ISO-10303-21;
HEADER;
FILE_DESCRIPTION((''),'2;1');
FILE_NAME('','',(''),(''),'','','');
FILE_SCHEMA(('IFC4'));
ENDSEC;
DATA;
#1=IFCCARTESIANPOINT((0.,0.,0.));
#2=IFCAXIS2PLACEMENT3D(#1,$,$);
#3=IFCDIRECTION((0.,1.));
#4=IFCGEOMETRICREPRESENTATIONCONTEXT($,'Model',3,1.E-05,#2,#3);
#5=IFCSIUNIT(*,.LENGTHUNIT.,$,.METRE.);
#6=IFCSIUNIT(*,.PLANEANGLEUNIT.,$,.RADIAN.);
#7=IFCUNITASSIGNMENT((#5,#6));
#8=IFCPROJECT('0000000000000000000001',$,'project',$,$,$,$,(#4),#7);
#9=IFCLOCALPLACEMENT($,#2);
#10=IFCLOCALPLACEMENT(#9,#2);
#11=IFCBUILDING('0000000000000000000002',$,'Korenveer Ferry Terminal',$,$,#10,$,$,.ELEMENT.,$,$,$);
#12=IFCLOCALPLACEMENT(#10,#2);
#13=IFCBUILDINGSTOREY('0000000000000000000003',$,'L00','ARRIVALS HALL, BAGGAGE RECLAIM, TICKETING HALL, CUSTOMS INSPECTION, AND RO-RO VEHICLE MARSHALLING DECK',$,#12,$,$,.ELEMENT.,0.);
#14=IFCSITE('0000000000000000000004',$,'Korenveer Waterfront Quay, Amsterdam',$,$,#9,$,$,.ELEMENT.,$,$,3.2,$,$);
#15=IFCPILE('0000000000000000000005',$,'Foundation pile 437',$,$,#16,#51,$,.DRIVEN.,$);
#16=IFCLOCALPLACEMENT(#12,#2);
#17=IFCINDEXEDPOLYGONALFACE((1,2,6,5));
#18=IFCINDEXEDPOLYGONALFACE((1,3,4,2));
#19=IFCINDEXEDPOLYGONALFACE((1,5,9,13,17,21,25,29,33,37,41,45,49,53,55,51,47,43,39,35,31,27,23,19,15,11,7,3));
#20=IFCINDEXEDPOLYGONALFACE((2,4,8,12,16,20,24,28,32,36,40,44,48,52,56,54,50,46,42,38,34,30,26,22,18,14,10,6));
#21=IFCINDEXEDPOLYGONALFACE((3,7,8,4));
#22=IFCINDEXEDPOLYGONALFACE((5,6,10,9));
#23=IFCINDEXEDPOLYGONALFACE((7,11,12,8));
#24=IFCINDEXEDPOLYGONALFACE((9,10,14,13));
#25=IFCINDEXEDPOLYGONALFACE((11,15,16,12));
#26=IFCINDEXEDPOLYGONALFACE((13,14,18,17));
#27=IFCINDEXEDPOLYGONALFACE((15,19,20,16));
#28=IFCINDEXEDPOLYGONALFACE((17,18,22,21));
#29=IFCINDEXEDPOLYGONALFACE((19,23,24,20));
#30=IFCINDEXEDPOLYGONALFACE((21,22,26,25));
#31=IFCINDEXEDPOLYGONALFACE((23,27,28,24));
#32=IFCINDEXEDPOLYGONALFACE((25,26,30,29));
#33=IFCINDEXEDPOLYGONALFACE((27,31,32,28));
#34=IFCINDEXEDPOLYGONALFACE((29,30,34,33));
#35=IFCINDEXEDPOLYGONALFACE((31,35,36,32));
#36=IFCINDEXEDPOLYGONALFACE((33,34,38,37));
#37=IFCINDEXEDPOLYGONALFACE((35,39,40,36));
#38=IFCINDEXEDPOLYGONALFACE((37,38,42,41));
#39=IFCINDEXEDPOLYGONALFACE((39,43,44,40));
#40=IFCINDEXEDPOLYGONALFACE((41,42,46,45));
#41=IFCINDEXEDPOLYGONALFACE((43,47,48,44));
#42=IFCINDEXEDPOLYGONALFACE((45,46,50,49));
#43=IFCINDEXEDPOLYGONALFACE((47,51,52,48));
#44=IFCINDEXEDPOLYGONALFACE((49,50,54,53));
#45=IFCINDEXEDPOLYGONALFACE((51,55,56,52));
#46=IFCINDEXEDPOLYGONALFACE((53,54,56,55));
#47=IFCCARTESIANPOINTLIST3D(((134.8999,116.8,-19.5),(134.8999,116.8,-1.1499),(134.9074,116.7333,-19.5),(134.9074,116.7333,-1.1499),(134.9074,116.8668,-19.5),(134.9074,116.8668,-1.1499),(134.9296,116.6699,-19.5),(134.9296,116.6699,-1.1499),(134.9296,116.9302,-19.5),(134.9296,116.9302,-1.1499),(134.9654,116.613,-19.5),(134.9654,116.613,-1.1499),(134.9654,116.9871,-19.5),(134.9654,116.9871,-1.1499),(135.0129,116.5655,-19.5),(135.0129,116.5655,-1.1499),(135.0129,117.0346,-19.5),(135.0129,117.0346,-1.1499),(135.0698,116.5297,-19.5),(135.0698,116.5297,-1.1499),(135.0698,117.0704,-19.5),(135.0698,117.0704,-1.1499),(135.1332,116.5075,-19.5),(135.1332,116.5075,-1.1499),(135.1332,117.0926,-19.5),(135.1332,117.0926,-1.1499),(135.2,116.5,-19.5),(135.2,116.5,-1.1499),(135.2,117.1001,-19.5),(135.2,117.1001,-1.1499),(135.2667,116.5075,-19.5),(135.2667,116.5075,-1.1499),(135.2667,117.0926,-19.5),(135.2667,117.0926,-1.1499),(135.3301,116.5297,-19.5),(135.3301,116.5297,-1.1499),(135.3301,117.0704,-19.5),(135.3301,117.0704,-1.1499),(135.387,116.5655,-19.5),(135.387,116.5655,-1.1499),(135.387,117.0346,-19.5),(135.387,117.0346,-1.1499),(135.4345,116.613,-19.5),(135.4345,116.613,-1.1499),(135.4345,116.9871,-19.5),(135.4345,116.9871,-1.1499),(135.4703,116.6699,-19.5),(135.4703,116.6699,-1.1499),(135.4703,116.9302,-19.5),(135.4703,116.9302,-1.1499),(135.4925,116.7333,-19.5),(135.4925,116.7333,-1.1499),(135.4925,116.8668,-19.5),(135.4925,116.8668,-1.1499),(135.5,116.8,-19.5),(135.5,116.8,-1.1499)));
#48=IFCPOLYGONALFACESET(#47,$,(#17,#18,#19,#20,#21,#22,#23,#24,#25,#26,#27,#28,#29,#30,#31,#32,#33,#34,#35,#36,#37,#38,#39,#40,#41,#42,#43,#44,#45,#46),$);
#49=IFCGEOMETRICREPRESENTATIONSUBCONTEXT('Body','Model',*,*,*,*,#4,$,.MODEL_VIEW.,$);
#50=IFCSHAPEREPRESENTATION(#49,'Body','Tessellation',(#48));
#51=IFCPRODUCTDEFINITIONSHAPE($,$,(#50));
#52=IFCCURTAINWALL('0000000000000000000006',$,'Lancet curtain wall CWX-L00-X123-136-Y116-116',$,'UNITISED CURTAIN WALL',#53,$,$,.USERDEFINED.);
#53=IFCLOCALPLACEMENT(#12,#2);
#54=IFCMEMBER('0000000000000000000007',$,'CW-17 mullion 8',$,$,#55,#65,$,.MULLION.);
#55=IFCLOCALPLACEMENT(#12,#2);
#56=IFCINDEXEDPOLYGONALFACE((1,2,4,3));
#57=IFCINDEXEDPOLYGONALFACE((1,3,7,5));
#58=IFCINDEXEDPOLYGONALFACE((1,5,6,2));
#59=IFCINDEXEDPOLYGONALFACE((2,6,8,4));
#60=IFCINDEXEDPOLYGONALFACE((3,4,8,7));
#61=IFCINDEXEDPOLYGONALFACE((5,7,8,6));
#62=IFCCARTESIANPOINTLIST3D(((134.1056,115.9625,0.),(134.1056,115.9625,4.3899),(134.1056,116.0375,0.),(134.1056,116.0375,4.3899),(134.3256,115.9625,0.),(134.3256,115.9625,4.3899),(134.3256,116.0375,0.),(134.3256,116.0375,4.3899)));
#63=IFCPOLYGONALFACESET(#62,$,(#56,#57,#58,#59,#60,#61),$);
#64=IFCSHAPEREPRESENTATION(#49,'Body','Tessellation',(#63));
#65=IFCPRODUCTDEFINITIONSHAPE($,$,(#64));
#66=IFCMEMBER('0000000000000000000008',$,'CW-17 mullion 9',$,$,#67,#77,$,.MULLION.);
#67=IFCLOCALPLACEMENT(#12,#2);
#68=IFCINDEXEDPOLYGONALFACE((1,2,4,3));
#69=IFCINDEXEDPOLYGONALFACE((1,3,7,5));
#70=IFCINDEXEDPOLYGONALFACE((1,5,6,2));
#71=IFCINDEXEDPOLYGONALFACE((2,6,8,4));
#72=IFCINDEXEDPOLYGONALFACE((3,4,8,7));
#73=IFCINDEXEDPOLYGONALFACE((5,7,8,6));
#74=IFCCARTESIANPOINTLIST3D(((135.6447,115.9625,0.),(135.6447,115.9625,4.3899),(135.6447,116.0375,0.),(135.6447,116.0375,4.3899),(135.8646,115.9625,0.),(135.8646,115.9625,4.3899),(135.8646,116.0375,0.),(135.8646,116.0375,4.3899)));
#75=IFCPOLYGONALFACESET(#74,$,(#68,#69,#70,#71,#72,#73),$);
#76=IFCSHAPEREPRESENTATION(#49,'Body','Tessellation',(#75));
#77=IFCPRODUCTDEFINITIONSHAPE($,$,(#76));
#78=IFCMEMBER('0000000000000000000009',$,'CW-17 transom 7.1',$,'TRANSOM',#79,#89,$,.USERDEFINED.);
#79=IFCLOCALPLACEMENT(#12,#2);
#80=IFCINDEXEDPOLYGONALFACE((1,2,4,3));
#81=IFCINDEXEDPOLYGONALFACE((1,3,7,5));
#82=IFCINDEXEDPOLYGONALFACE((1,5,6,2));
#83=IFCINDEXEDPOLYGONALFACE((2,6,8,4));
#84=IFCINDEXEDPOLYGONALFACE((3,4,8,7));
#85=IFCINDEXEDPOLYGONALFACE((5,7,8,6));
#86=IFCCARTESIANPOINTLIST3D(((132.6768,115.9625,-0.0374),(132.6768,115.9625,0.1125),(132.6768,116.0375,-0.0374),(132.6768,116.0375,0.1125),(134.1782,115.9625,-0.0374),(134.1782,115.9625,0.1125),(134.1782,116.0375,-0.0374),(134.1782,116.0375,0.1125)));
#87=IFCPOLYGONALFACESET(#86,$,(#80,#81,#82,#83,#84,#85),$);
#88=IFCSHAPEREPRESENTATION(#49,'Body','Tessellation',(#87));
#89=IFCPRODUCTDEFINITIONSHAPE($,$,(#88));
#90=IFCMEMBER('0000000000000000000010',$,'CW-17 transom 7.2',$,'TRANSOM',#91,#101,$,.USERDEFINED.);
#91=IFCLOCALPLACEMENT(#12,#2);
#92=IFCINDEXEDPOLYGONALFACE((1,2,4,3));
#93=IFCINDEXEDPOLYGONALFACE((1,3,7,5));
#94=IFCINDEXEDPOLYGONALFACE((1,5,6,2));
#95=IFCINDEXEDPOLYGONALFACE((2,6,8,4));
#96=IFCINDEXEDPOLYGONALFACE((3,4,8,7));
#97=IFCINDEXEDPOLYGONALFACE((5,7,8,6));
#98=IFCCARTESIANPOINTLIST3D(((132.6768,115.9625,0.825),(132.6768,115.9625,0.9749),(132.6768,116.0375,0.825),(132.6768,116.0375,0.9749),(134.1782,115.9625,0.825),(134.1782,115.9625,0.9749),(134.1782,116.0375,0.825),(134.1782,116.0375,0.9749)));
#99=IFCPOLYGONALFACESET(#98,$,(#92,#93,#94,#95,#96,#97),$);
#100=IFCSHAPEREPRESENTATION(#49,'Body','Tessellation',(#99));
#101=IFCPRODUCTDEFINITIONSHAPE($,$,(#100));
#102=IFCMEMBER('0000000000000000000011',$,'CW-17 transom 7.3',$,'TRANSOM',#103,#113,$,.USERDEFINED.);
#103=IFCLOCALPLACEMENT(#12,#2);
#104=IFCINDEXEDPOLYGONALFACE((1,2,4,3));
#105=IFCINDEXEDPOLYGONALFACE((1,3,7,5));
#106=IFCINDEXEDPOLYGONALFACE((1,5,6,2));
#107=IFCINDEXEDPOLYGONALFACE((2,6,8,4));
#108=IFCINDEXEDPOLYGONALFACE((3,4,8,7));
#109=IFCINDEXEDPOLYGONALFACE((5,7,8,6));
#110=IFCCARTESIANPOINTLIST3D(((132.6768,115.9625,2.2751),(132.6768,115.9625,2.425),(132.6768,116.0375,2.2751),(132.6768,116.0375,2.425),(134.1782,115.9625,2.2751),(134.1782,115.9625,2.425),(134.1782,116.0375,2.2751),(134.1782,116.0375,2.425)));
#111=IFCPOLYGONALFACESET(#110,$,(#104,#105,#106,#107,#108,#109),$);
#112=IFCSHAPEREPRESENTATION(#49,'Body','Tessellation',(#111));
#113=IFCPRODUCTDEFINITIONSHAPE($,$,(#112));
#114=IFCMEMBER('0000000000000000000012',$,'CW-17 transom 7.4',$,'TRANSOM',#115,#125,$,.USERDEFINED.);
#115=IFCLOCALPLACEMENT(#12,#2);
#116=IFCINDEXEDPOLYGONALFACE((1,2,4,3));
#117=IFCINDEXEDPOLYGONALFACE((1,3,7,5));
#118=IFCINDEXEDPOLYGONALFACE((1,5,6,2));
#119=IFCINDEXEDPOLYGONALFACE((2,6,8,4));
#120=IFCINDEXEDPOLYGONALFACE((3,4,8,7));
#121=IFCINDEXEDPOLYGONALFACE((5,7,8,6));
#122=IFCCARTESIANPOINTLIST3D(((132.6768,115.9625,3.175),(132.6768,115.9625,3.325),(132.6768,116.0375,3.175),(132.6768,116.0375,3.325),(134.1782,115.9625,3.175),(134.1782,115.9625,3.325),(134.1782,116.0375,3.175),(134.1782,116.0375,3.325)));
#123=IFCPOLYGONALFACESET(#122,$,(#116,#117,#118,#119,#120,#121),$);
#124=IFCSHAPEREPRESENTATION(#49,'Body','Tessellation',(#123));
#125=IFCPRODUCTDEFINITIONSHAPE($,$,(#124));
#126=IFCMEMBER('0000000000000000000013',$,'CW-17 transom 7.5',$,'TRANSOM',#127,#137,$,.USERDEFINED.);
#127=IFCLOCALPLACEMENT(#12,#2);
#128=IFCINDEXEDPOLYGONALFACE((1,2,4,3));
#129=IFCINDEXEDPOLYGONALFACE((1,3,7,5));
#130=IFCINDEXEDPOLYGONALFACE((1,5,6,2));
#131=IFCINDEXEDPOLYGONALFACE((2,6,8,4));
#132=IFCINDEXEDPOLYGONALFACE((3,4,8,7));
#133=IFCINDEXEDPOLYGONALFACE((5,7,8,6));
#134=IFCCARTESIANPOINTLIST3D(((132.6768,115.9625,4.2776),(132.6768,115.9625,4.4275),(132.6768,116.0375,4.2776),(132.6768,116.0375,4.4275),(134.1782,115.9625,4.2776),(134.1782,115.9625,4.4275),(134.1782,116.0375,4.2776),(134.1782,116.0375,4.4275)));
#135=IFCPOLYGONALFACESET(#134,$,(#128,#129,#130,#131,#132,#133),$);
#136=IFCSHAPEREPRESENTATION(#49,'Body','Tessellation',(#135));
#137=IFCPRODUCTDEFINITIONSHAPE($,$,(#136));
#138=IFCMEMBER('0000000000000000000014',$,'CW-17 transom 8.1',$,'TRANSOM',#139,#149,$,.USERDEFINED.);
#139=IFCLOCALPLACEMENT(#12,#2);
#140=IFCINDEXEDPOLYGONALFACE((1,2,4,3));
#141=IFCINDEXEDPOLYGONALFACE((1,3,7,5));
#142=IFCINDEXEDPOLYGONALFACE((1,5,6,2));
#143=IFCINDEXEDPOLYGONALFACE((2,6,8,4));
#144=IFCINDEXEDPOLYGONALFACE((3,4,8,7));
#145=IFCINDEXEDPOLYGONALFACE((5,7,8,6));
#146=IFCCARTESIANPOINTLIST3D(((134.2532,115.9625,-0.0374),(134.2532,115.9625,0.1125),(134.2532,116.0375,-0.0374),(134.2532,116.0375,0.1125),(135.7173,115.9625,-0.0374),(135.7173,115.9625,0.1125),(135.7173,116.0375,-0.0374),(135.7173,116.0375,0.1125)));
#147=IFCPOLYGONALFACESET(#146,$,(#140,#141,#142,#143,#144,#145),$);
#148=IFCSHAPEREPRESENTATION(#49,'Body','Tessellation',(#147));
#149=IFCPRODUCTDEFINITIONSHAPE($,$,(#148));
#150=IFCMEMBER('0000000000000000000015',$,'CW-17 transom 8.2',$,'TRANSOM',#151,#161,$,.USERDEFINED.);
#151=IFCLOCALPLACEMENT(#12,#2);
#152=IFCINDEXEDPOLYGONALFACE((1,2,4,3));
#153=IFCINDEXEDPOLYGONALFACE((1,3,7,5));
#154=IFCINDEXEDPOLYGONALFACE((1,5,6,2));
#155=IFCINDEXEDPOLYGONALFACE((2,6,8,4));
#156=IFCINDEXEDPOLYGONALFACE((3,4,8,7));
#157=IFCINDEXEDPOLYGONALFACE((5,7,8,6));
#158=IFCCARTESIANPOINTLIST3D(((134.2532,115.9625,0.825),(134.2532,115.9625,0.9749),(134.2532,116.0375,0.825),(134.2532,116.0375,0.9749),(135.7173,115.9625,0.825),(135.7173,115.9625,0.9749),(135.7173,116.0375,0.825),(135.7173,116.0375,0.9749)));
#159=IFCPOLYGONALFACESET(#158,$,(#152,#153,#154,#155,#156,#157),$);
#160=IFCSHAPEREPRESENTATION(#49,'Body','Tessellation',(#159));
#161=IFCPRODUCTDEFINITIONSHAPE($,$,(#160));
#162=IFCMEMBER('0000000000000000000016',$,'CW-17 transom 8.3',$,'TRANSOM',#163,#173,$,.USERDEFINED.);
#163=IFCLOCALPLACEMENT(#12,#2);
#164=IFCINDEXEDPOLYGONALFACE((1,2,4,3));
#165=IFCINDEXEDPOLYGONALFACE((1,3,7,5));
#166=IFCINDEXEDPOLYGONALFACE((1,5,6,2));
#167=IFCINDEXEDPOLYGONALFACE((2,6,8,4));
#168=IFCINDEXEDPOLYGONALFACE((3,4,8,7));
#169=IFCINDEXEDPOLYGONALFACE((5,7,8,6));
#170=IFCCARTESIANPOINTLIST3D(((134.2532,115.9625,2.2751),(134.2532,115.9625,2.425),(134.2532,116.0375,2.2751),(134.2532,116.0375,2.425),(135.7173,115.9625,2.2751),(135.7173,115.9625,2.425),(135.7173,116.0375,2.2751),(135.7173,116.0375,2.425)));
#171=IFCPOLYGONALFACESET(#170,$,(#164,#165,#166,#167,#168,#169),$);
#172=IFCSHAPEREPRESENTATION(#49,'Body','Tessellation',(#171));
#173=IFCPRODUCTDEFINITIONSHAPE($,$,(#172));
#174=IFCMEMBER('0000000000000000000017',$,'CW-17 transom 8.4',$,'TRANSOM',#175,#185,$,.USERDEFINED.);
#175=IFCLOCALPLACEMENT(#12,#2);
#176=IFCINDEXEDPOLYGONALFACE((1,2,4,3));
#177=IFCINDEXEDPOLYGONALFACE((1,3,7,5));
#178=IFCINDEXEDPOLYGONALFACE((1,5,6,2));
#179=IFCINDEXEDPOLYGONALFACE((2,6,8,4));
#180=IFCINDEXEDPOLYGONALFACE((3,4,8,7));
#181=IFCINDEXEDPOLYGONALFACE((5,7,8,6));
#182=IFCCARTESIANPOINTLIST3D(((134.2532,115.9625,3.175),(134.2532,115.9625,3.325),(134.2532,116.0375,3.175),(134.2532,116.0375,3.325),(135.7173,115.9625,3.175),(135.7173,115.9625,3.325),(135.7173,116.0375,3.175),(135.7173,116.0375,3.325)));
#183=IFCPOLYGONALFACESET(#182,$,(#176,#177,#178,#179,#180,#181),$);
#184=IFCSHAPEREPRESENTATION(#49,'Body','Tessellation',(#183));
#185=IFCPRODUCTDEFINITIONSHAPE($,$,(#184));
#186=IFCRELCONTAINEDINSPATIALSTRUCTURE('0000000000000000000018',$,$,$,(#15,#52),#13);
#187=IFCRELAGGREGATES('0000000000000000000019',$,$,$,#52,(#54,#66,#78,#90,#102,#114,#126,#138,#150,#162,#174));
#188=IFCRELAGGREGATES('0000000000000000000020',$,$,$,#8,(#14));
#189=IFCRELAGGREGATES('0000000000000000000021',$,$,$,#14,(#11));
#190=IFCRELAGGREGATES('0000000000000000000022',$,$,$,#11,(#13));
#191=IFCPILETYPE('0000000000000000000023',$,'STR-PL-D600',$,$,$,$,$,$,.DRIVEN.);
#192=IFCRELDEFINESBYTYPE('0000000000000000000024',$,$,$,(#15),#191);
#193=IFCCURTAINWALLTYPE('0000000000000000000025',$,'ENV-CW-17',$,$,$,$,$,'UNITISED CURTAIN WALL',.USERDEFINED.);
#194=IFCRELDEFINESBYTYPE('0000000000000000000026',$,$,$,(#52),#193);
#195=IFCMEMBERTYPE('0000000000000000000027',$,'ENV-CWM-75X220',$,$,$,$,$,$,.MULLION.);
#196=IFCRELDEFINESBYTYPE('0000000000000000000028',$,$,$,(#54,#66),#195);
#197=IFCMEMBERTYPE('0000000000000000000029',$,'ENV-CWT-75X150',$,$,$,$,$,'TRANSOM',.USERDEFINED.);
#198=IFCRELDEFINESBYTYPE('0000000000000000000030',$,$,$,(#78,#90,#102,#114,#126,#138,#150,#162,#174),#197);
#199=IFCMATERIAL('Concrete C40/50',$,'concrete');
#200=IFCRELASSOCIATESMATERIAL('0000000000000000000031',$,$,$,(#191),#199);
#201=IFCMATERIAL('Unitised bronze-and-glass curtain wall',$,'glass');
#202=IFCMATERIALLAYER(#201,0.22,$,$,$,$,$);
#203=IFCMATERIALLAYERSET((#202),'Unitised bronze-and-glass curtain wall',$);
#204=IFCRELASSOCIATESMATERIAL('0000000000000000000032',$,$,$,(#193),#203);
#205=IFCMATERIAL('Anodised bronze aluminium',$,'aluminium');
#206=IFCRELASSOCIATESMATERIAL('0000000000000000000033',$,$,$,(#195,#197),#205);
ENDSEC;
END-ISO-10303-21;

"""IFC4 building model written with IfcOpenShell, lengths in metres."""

from ifc_helpers import new_model, si_unit, direction, frame, origin, origin_2d, place, context, subcontext, project, spatial, rectangle, circle, extrude, material, layer, layer_set, material_profile, profile_set, type_object, element, aggregate, save


model = new_model("IFC4")

# Units and contexts
model_context = context("Model", 3, precision=1e-05, world=origin(), true_north=direction((0.0, 1.0)))
body_context = subcontext(model_context, "Body", "Model", "MODEL_VIEW")
ifc_project = project(units=[si_unit("LENGTHUNIT", "METRE"), si_unit("PLANEANGLEUNIT", "RADIAN")], contexts=[model_context])

# Site, building, storey
site_placement = place(None, origin())
site = spatial("IfcSite", under=ifc_project, at=site_placement, Name="Korenveer Waterfront Quay, Amsterdam", CompositionType="ELEMENT", RefElevation=3.2)
building_placement = place(site_placement, origin())
building = spatial("IfcBuilding", under=site, at=building_placement, Name="Korenveer Ferry Terminal", CompositionType="ELEMENT")
storey_placement = place(building_placement, origin())
storey = spatial("IfcBuildingStorey", under=building, at=storey_placement, Name="L00", Description="ARRIVALS HALL, BAGGAGE RECLAIM, TICKETING HALL, CUSTOMS INSPECTION, AND RO-RO VEHICLE MARSHALLING DECK", CompositionType="ELEMENT", Elevation=0.0)

# Pile
ifc_material_1 = material(Name="Concrete C40/50", Category="concrete")
ifc_material_profile_1 = material_profile(ifc_material_1, circle(Radius=0.3, at=origin_2d()), Name="PILE D600")
ifc_profile_set_1 = profile_set([ifc_material_profile_1], Name="Concrete C40/50")
pile_type = type_object("IfcPileType", Name="STR-PL-D600", PredefinedType="DRIVEN", material=ifc_profile_set_1)
pile_placement = place(storey_placement, frame((135.2, 116.8, -1.1499), z_axis=(0.0, 0.0, -1.0), x_axis=(1.0, 0.0, 0.0)))
element("IfcPile", 1, at=pile_placement, inside=storey, type_object=pile_type, Name="Foundation pile 437", PredefinedType="DRIVEN", context=body_context, shape_type="SweptSolid", body=[
    extrude(circle(Radius=0.3, at=origin_2d()), origin(), (0.0, 0.0, 1.0), 18.3501),
])

# Curtain wall, members
ifc_material_2 = material(Name="Unitised bronze-and-glass curtain wall", Category="glass")
ifc_layer_1 = layer(ifc_material_2, 0.22)
ifc_layer_set_1 = layer_set([ifc_layer_1], Name="Unitised bronze-and-glass curtain wall")
curtain_wall_type = type_object("IfcCurtainWallType", Name="ENV-CW-17", ElementType="UNITISED CURTAIN WALL", PredefinedType="USERDEFINED", material=ifc_layer_set_1)
curtain_wall_placement = place(storey_placement, frame((123.1799, 116.0, 0.0)))
curtain_wall = element("IfcCurtainWall", 2, at=curtain_wall_placement, inside=storey, type_object=curtain_wall_type, Name="Lancet curtain wall CWX-L00-X123-136-Y116-116", ObjectType="UNITISED CURTAIN WALL", PredefinedType="USERDEFINED")
ifc_material_3 = material(Name="Anodised bronze aluminium", Category="aluminium")
ifc_material_profile_2 = material_profile(ifc_material_3, rectangle(XDim=0.075, YDim=0.22, at=origin_2d()), Name="ALU 75x220")
ifc_profile_set_2 = profile_set([ifc_material_profile_2], Name="Anodised bronze aluminium")
member_type_1 = type_object("IfcMemberType", Name="ENV-CWM-75X220", PredefinedType="MULLION", material=ifc_profile_set_2)
member_1_placement = place(storey_placement, frame((134.2156, 116.0, 0.0), z_axis=(0.0, 0.0, 1.0), x_axis=(0.0, 1.0, 0.0)))
member_1 = element("IfcMember", 3, at=member_1_placement, type_object=member_type_1, Name="CW-17 mullion 8", PredefinedType="MULLION", context=body_context, shape_type="SweptSolid", body=[
    extrude(rectangle(XDim=0.075, YDim=0.22, at=origin_2d()), origin(), (0.0, 0.0, 1.0), 4.3899),
])
member_2_placement = place(storey_placement, frame((135.7546, 116.0, 0.0), z_axis=(0.0, 0.0, 1.0), x_axis=(0.0, 1.0, 0.0)))
member_2 = element("IfcMember", 4, at=member_2_placement, type_object=member_type_1, Name="CW-17 mullion 9", PredefinedType="MULLION", context=body_context, shape_type="SweptSolid", body=[
    extrude(rectangle(XDim=0.075, YDim=0.22, at=origin_2d()), origin(), (0.0, 0.0, 1.0), 4.3899),
])
ifc_material_profile_3 = material_profile(ifc_material_3, rectangle(XDim=0.075, YDim=0.1499, at=origin_2d()), Name="ALU 75x150")
ifc_profile_set_3 = profile_set([ifc_material_profile_3], Name="Anodised bronze aluminium")
member_type_2 = type_object("IfcMemberType", Name="ENV-CWT-75X150", ElementType="TRANSOM", PredefinedType="USERDEFINED", material=ifc_profile_set_3)
member_3_placement = place(storey_placement, frame((132.6768, 116.0, 0.0376), z_axis=(1.0, 0.0, 0.0), x_axis=(0.0, 1.0, 0.0)))
member_3 = element("IfcMember", 5, at=member_3_placement, type_object=member_type_2, Name="CW-17 transom 7.1", ObjectType="TRANSOM", PredefinedType="USERDEFINED", context=body_context, shape_type="SweptSolid", body=[
    extrude(rectangle(XDim=0.075, YDim=0.1499, at=origin_2d()), origin(), (0.0, 0.0, 1.0), 1.5015),
])
member_4_placement = place(storey_placement, frame((132.6768, 116.0, 0.8999), z_axis=(1.0, 0.0, 0.0), x_axis=(0.0, 1.0, 0.0)))
member_4 = element("IfcMember", 6, at=member_4_placement, type_object=member_type_2, Name="CW-17 transom 7.2", ObjectType="TRANSOM", PredefinedType="USERDEFINED", context=body_context, shape_type="SweptSolid", body=[
    extrude(rectangle(XDim=0.075, YDim=0.1499, at=origin_2d()), origin(), (0.0, 0.0, 1.0), 1.5015),
])
member_5_placement = place(storey_placement, frame((132.6768, 116.0, 2.3501), z_axis=(1.0, 0.0, 0.0), x_axis=(0.0, 1.0, 0.0)))
member_5 = element("IfcMember", 7, at=member_5_placement, type_object=member_type_2, Name="CW-17 transom 7.3", ObjectType="TRANSOM", PredefinedType="USERDEFINED", context=body_context, shape_type="SweptSolid", body=[
    extrude(rectangle(XDim=0.075, YDim=0.1499, at=origin_2d()), origin(), (0.0, 0.0, 1.0), 1.5015),
])
member_6_placement = place(storey_placement, frame((132.6768, 116.0, 3.25), z_axis=(1.0, 0.0, 0.0), x_axis=(0.0, 1.0, 0.0)))
member_6 = element("IfcMember", 8, at=member_6_placement, type_object=member_type_2, Name="CW-17 transom 7.4", ObjectType="TRANSOM", PredefinedType="USERDEFINED", context=body_context, shape_type="SweptSolid", body=[
    extrude(rectangle(XDim=0.075, YDim=0.1499, at=origin_2d()), origin(), (0.0, 0.0, 1.0), 1.5015),
])
member_7_placement = place(storey_placement, frame((132.6768, 116.0, 4.3525), z_axis=(1.0, 0.0, 0.0), x_axis=(0.0, 1.0, 0.0)))
member_7 = element("IfcMember", 9, at=member_7_placement, type_object=member_type_2, Name="CW-17 transom 7.5", ObjectType="TRANSOM", PredefinedType="USERDEFINED", context=body_context, shape_type="SweptSolid", body=[
    extrude(rectangle(XDim=0.075, YDim=0.1499, at=origin_2d()), origin(), (0.0, 0.0, 1.0), 1.5015),
])
member_8_placement = place(storey_placement, frame((134.2532, 116.0, 0.0376), z_axis=(1.0, 0.0, 0.0), x_axis=(0.0, 1.0, 0.0)))
member_8 = element("IfcMember", 10, at=member_8_placement, type_object=member_type_2, Name="CW-17 transom 8.1", ObjectType="TRANSOM", PredefinedType="USERDEFINED", context=body_context, shape_type="SweptSolid", body=[
    extrude(rectangle(XDim=0.075, YDim=0.1499, at=origin_2d()), origin(), (0.0, 0.0, 1.0), 1.4641),
])
member_9_placement = place(storey_placement, frame((134.2532, 116.0, 0.8999), z_axis=(1.0, 0.0, 0.0), x_axis=(0.0, 1.0, 0.0)))
member_9 = element("IfcMember", 11, at=member_9_placement, type_object=member_type_2, Name="CW-17 transom 8.2", ObjectType="TRANSOM", PredefinedType="USERDEFINED", context=body_context, shape_type="SweptSolid", body=[
    extrude(rectangle(XDim=0.075, YDim=0.1499, at=origin_2d()), origin(), (0.0, 0.0, 1.0), 1.4641),
])
member_10_placement = place(storey_placement, frame((134.2532, 116.0, 2.3501), z_axis=(1.0, 0.0, 0.0), x_axis=(0.0, 1.0, 0.0)))
member_10 = element("IfcMember", 12, at=member_10_placement, type_object=member_type_2, Name="CW-17 transom 8.3", ObjectType="TRANSOM", PredefinedType="USERDEFINED", context=body_context, shape_type="SweptSolid", body=[
    extrude(rectangle(XDim=0.075, YDim=0.1499, at=origin_2d()), origin(), (0.0, 0.0, 1.0), 1.4641),
])
member_11_placement = place(storey_placement, frame((134.2532, 116.0, 3.25), z_axis=(1.0, 0.0, 0.0), x_axis=(0.0, 1.0, 0.0)))
member_11 = element("IfcMember", 13, at=member_11_placement, type_object=member_type_2, Name="CW-17 transom 8.4", ObjectType="TRANSOM", PredefinedType="USERDEFINED", context=body_context, shape_type="SweptSolid", body=[
    extrude(rectangle(XDim=0.075, YDim=0.1499, at=origin_2d()), origin(), (0.0, 0.0, 1.0), 1.4641),
])
aggregate(curtain_wall, [member_1, member_2, member_3, member_4, member_5, member_6, member_7, member_8, member_9, member_10, member_11])

save(model, "model.ifc")
